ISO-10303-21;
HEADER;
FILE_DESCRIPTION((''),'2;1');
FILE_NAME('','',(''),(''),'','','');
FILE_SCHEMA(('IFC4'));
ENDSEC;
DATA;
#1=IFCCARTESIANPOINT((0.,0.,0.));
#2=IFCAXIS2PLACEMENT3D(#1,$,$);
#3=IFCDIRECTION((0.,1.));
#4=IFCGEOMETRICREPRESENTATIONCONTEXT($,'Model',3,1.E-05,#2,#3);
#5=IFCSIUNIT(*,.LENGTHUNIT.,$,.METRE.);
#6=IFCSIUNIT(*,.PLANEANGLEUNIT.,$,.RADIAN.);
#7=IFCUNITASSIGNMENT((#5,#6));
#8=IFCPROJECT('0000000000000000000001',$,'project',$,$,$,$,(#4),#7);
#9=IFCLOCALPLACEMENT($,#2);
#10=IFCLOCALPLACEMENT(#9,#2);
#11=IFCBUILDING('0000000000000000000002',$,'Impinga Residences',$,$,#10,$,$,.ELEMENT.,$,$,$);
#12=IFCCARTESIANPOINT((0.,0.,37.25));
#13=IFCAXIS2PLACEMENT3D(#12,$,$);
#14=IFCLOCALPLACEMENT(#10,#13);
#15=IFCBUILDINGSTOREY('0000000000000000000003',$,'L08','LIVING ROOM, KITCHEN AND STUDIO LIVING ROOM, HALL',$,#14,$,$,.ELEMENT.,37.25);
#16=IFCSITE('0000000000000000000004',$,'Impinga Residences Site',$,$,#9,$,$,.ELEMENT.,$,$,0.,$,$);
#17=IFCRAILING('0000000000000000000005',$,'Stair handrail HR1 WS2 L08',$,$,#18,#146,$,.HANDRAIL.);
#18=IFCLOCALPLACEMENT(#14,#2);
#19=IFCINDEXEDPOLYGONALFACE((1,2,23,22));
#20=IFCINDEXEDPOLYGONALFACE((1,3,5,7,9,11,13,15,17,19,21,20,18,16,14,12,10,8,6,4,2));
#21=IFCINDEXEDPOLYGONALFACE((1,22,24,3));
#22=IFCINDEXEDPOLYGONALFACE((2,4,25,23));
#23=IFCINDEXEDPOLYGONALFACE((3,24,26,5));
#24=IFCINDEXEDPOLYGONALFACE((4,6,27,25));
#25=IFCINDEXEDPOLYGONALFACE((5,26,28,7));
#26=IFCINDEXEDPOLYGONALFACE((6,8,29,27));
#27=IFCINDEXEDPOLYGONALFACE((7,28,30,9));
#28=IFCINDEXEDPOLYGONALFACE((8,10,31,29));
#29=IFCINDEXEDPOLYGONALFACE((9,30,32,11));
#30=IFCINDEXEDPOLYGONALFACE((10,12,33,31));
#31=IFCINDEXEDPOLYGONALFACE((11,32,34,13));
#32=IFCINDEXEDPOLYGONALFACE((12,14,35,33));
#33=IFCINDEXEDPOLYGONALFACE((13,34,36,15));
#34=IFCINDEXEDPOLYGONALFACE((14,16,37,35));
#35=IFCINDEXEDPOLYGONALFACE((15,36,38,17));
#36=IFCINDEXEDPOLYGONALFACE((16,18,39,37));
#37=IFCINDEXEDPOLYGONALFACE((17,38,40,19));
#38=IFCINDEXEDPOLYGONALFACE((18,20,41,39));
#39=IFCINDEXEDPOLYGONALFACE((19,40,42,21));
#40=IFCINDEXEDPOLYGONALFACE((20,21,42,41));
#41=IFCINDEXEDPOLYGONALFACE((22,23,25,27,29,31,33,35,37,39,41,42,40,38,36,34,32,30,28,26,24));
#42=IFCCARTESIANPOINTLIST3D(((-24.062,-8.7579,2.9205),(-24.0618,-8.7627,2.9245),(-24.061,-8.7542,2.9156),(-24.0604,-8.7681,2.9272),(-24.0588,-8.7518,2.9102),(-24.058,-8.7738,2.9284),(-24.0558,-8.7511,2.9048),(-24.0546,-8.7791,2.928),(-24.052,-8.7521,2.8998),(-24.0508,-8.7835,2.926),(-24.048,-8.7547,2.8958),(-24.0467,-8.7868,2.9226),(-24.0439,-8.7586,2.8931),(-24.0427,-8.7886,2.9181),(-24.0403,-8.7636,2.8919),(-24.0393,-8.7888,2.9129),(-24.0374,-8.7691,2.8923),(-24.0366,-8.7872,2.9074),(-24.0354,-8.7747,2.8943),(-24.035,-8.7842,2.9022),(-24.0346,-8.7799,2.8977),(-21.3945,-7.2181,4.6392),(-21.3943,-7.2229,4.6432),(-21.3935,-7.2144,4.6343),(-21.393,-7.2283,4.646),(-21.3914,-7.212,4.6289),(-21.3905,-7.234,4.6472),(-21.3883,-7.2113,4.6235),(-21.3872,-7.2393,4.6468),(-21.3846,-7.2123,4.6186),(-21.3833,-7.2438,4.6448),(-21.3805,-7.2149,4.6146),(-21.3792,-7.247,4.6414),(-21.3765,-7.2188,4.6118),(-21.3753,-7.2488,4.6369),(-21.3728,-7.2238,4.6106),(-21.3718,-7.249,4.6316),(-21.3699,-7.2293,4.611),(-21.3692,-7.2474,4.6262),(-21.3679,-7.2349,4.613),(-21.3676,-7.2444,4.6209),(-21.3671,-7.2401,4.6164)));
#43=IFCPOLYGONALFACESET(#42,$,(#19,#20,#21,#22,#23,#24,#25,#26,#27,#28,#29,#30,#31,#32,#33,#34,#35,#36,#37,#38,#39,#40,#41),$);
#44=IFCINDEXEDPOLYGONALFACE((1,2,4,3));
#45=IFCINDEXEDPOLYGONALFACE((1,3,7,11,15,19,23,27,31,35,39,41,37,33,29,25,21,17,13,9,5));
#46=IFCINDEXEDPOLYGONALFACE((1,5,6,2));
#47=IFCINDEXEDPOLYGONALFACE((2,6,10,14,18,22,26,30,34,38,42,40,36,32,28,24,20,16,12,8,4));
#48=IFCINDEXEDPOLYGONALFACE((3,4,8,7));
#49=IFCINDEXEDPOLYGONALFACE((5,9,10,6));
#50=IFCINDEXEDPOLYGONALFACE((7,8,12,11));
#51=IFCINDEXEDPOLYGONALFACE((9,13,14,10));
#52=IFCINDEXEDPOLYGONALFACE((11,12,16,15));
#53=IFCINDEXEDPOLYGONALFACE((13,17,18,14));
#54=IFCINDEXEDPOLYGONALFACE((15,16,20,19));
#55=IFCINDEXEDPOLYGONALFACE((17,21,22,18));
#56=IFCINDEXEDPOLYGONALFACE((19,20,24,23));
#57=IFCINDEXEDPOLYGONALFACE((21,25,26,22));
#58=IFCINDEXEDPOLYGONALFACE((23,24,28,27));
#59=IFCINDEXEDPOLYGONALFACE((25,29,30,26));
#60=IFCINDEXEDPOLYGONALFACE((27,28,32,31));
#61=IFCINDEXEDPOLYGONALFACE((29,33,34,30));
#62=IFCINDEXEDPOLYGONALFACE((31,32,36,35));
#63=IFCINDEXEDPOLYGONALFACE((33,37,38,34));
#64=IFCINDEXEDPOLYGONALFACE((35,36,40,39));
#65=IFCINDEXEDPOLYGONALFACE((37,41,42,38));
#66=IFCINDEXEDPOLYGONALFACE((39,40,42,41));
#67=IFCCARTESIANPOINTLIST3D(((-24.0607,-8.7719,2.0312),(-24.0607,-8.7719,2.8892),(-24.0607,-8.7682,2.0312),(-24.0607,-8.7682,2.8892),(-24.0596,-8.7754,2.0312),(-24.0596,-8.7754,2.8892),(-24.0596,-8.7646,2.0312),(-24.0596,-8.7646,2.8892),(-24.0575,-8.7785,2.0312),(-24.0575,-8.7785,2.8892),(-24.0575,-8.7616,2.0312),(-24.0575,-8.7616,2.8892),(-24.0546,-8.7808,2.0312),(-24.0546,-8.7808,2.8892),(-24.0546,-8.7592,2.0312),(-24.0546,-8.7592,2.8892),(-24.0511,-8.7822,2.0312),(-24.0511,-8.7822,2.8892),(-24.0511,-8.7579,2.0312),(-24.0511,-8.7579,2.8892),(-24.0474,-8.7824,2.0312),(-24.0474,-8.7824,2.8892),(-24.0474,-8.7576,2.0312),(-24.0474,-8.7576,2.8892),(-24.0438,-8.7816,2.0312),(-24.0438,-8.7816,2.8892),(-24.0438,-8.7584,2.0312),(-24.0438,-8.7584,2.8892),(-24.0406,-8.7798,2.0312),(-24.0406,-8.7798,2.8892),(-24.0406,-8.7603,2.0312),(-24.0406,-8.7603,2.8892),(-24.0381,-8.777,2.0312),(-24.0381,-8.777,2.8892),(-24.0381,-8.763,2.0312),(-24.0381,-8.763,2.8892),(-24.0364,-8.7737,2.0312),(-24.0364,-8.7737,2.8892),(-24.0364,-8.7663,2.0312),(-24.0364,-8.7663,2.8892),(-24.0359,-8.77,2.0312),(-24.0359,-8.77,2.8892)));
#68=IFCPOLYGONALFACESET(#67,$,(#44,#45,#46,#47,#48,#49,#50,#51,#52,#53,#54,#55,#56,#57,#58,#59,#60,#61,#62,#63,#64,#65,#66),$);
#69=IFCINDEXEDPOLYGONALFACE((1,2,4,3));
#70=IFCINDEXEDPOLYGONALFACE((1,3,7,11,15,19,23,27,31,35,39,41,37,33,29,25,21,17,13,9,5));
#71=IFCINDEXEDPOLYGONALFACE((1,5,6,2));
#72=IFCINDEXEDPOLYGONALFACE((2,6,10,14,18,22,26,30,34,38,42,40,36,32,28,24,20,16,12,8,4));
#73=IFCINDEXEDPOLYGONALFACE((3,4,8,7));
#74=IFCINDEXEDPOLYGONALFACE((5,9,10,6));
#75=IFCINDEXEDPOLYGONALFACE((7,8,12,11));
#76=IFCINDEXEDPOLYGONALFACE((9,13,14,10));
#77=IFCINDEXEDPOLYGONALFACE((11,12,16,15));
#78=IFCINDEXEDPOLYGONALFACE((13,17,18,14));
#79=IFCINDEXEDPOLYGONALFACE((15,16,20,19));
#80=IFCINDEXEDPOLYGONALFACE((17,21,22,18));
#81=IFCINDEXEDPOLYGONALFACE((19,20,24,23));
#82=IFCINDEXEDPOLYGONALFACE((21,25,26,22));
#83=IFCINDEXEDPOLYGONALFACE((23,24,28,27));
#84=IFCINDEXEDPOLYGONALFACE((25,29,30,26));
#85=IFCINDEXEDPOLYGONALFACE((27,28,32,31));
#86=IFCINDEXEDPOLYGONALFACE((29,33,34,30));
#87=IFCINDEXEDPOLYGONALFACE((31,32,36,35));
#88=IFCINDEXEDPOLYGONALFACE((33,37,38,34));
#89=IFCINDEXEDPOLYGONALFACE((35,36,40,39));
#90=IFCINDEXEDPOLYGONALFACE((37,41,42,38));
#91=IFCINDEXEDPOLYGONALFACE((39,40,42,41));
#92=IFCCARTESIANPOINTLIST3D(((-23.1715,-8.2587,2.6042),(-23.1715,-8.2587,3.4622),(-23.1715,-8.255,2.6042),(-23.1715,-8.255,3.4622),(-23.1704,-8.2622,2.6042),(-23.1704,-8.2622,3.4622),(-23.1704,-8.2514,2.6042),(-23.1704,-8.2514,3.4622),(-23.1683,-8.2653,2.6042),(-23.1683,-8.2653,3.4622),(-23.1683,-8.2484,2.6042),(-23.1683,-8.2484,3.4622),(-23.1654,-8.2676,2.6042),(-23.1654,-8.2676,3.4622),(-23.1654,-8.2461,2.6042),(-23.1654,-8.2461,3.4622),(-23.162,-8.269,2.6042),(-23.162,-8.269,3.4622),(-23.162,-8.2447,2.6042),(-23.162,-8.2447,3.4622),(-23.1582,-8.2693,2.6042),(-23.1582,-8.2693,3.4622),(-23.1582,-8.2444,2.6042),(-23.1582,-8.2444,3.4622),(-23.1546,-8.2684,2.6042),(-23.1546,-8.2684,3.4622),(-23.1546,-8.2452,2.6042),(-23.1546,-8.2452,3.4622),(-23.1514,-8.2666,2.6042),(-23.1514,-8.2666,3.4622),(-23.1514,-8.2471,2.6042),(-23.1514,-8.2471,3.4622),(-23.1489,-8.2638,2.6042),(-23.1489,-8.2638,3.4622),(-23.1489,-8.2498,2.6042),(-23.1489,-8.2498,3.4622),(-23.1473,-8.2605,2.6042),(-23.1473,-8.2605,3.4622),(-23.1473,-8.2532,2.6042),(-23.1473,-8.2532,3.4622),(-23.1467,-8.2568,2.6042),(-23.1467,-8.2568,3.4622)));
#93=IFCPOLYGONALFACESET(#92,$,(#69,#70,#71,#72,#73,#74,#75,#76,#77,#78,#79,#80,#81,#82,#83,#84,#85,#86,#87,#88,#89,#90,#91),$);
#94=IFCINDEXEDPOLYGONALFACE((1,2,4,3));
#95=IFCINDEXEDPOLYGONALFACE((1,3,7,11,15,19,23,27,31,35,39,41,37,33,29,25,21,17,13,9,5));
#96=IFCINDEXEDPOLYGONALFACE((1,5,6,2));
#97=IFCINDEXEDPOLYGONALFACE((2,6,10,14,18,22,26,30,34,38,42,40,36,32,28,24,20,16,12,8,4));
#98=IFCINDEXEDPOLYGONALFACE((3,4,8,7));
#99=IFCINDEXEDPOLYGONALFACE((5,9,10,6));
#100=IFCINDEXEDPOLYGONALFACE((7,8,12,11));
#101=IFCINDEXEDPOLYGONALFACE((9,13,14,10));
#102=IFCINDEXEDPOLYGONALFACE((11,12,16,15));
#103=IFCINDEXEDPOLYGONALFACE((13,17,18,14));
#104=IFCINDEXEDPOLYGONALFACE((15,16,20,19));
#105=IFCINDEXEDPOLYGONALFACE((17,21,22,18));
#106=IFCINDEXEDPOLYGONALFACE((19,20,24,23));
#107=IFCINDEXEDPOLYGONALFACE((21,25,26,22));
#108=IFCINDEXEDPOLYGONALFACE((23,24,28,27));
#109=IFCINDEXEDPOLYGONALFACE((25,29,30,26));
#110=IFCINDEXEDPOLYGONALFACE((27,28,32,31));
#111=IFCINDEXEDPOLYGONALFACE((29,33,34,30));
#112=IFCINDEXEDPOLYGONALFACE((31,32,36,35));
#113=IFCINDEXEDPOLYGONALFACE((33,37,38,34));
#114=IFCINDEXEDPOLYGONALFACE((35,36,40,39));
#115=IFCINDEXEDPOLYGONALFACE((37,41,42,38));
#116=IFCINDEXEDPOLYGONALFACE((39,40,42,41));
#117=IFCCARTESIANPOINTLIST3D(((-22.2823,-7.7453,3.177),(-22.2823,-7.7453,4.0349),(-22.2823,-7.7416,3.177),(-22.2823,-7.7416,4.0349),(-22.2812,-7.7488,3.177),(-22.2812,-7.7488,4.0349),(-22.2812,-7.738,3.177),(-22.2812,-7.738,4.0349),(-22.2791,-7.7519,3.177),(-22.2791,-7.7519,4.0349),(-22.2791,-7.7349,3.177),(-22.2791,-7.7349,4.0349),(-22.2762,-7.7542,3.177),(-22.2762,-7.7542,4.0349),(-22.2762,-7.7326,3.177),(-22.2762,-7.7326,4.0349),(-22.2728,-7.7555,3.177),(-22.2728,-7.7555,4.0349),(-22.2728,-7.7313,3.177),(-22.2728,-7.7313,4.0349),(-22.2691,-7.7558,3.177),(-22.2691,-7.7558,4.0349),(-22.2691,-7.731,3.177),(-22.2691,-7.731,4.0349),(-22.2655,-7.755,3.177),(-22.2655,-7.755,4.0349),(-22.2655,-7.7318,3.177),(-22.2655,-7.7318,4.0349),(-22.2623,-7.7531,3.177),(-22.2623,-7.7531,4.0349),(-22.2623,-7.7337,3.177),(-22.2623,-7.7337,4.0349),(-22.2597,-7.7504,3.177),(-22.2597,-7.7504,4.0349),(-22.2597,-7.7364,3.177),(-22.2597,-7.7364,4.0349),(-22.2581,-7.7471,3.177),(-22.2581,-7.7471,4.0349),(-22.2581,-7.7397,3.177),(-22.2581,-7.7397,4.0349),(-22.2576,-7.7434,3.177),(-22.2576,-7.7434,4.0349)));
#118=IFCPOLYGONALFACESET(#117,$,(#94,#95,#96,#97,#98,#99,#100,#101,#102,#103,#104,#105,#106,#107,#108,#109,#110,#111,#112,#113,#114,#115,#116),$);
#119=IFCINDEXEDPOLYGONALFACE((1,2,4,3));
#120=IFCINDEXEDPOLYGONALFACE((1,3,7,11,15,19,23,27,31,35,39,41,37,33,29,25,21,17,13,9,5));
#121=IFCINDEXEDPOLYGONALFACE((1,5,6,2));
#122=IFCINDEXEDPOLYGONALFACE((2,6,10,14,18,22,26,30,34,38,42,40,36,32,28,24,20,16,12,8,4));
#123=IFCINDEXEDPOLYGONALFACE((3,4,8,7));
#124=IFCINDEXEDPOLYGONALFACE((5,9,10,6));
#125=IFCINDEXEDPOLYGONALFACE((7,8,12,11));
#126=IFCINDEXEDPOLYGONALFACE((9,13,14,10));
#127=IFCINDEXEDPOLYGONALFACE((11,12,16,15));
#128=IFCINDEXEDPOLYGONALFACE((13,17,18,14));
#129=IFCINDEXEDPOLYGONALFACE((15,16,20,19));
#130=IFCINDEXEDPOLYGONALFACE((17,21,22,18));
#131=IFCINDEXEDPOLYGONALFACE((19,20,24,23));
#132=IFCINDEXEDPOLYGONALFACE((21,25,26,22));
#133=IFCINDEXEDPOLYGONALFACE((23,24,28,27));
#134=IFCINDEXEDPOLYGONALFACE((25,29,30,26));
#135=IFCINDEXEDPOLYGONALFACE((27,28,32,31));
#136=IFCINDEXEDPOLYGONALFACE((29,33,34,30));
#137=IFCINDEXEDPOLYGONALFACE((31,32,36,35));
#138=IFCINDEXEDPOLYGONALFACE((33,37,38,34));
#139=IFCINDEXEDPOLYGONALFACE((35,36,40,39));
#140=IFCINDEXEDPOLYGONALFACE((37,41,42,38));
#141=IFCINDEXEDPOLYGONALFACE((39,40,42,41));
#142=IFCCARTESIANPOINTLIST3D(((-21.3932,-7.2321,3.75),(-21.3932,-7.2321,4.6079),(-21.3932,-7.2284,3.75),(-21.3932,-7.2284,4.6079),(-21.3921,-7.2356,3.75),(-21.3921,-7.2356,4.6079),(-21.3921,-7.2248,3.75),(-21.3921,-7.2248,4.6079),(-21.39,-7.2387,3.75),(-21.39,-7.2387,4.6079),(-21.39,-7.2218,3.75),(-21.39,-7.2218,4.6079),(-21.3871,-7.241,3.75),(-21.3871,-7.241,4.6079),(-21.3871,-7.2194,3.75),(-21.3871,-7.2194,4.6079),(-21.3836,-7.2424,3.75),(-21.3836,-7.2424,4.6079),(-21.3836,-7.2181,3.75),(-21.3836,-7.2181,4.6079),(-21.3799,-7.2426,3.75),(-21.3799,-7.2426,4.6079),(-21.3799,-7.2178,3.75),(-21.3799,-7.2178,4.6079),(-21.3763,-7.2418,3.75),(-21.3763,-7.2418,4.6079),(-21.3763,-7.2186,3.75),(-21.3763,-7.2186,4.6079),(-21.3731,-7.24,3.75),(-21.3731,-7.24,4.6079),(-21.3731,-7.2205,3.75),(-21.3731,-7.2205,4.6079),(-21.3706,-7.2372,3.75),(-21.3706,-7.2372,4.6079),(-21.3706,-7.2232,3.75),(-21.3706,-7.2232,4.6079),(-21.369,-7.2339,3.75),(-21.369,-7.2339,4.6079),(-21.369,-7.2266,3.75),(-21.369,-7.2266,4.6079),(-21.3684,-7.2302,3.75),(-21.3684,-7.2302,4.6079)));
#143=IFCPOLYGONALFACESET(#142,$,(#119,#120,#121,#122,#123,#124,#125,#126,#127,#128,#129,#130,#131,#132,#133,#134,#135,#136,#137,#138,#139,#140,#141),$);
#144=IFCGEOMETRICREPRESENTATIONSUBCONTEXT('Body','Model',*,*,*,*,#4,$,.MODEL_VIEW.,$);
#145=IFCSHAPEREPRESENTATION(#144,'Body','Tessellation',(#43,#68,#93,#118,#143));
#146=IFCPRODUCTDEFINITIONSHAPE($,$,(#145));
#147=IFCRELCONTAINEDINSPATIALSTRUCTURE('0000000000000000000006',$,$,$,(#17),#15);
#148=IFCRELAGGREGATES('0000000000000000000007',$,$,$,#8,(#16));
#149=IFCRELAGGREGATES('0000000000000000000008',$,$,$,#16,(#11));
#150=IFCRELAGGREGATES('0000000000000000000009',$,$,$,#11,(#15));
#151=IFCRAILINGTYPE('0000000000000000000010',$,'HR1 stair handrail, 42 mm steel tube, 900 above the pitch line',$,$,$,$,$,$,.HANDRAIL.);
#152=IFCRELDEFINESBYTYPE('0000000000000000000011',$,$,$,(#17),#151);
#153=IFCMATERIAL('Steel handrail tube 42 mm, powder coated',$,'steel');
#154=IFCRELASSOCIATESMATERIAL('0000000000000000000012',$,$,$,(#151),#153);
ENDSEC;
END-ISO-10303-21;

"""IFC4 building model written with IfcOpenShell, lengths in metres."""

from ifc_helpers import new_model, si_unit, direction, frame, origin, origin_2d, place, context, subcontext, project, spatial, circle, extrude, material, type_object, element, save


model = new_model("IFC4")

# Units and contexts
model_context = context("Model", 3, precision=1e-05, world=origin(), true_north=direction((0.0, 1.0)))
body_context = subcontext(model_context, "Body", "Model", "MODEL_VIEW")
ifc_project = project(units=[si_unit("LENGTHUNIT", "METRE"), si_unit("PLANEANGLEUNIT", "RADIAN")], contexts=[model_context])

# Site, building, storey
site_placement = place(None, origin())
site = spatial("IfcSite", under=ifc_project, at=site_placement, Name="Impinga Residences Site", CompositionType="ELEMENT", RefElevation=0.0)
building_placement = place(site_placement, origin())
building = spatial("IfcBuilding", under=site, at=building_placement, Name="Impinga Residences", CompositionType="ELEMENT")
storey_placement = place(building_placement, frame((0.0, 0.0, 37.25)))
storey = spatial("IfcBuildingStorey", under=building, at=storey_placement, Name="L08", Description="LIVING ROOM, KITCHEN AND STUDIO LIVING ROOM, HALL", CompositionType="ELEMENT", Elevation=37.25)

# Railing
ifc_material_1 = material(Name="Steel handrail tube 42 mm, powder coated", Category="steel")
railing_type_1 = type_object("IfcRailingType", Name="HR1 stair handrail, 42 mm steel tube, 900 above the pitch line", PredefinedType="HANDRAIL", material=ifc_material_1)
railing_1_placement = place(storey_placement, frame((-24.0483, -8.77, 2.0312)))
element("IfcRailing", 1, at=railing_1_placement, inside=storey, type_object=railing_type_1, Name="Stair handrail HR1 WS2 L08", PredefinedType="HANDRAIL", context=body_context, shape_type="SweptSolid", body=[
    extrude(circle(Radius=0.021, at=origin_2d()), frame((0.0, 0.0, 0.8789), z_axis=(0.756279, 0.43656, 0.487297), x_axis=(-0.499933, 0.866064, 0.0)), (0.0, 0.0, 1.0), 3.5271),
    extrude(circle(Radius=0.0125, at=origin_2d()), origin(), (0.0, 0.0, 1.0), 0.8579),
    extrude(circle(Radius=0.0125, at=origin_2d()), frame((0.8892, 0.5132, 0.573)), (0.0, 0.0, 1.0), 0.8579),
    extrude(circle(Radius=0.0125, at=origin_2d()), frame((1.7783, 1.0266, 1.1458)), (0.0, 0.0, 1.0), 0.8579),
    extrude(circle(Radius=0.0125, at=origin_2d()), frame((2.6675, 1.5398, 1.7188)), (0.0, 0.0, 1.0), 0.8579),
])

save(model, "model.ifc")
